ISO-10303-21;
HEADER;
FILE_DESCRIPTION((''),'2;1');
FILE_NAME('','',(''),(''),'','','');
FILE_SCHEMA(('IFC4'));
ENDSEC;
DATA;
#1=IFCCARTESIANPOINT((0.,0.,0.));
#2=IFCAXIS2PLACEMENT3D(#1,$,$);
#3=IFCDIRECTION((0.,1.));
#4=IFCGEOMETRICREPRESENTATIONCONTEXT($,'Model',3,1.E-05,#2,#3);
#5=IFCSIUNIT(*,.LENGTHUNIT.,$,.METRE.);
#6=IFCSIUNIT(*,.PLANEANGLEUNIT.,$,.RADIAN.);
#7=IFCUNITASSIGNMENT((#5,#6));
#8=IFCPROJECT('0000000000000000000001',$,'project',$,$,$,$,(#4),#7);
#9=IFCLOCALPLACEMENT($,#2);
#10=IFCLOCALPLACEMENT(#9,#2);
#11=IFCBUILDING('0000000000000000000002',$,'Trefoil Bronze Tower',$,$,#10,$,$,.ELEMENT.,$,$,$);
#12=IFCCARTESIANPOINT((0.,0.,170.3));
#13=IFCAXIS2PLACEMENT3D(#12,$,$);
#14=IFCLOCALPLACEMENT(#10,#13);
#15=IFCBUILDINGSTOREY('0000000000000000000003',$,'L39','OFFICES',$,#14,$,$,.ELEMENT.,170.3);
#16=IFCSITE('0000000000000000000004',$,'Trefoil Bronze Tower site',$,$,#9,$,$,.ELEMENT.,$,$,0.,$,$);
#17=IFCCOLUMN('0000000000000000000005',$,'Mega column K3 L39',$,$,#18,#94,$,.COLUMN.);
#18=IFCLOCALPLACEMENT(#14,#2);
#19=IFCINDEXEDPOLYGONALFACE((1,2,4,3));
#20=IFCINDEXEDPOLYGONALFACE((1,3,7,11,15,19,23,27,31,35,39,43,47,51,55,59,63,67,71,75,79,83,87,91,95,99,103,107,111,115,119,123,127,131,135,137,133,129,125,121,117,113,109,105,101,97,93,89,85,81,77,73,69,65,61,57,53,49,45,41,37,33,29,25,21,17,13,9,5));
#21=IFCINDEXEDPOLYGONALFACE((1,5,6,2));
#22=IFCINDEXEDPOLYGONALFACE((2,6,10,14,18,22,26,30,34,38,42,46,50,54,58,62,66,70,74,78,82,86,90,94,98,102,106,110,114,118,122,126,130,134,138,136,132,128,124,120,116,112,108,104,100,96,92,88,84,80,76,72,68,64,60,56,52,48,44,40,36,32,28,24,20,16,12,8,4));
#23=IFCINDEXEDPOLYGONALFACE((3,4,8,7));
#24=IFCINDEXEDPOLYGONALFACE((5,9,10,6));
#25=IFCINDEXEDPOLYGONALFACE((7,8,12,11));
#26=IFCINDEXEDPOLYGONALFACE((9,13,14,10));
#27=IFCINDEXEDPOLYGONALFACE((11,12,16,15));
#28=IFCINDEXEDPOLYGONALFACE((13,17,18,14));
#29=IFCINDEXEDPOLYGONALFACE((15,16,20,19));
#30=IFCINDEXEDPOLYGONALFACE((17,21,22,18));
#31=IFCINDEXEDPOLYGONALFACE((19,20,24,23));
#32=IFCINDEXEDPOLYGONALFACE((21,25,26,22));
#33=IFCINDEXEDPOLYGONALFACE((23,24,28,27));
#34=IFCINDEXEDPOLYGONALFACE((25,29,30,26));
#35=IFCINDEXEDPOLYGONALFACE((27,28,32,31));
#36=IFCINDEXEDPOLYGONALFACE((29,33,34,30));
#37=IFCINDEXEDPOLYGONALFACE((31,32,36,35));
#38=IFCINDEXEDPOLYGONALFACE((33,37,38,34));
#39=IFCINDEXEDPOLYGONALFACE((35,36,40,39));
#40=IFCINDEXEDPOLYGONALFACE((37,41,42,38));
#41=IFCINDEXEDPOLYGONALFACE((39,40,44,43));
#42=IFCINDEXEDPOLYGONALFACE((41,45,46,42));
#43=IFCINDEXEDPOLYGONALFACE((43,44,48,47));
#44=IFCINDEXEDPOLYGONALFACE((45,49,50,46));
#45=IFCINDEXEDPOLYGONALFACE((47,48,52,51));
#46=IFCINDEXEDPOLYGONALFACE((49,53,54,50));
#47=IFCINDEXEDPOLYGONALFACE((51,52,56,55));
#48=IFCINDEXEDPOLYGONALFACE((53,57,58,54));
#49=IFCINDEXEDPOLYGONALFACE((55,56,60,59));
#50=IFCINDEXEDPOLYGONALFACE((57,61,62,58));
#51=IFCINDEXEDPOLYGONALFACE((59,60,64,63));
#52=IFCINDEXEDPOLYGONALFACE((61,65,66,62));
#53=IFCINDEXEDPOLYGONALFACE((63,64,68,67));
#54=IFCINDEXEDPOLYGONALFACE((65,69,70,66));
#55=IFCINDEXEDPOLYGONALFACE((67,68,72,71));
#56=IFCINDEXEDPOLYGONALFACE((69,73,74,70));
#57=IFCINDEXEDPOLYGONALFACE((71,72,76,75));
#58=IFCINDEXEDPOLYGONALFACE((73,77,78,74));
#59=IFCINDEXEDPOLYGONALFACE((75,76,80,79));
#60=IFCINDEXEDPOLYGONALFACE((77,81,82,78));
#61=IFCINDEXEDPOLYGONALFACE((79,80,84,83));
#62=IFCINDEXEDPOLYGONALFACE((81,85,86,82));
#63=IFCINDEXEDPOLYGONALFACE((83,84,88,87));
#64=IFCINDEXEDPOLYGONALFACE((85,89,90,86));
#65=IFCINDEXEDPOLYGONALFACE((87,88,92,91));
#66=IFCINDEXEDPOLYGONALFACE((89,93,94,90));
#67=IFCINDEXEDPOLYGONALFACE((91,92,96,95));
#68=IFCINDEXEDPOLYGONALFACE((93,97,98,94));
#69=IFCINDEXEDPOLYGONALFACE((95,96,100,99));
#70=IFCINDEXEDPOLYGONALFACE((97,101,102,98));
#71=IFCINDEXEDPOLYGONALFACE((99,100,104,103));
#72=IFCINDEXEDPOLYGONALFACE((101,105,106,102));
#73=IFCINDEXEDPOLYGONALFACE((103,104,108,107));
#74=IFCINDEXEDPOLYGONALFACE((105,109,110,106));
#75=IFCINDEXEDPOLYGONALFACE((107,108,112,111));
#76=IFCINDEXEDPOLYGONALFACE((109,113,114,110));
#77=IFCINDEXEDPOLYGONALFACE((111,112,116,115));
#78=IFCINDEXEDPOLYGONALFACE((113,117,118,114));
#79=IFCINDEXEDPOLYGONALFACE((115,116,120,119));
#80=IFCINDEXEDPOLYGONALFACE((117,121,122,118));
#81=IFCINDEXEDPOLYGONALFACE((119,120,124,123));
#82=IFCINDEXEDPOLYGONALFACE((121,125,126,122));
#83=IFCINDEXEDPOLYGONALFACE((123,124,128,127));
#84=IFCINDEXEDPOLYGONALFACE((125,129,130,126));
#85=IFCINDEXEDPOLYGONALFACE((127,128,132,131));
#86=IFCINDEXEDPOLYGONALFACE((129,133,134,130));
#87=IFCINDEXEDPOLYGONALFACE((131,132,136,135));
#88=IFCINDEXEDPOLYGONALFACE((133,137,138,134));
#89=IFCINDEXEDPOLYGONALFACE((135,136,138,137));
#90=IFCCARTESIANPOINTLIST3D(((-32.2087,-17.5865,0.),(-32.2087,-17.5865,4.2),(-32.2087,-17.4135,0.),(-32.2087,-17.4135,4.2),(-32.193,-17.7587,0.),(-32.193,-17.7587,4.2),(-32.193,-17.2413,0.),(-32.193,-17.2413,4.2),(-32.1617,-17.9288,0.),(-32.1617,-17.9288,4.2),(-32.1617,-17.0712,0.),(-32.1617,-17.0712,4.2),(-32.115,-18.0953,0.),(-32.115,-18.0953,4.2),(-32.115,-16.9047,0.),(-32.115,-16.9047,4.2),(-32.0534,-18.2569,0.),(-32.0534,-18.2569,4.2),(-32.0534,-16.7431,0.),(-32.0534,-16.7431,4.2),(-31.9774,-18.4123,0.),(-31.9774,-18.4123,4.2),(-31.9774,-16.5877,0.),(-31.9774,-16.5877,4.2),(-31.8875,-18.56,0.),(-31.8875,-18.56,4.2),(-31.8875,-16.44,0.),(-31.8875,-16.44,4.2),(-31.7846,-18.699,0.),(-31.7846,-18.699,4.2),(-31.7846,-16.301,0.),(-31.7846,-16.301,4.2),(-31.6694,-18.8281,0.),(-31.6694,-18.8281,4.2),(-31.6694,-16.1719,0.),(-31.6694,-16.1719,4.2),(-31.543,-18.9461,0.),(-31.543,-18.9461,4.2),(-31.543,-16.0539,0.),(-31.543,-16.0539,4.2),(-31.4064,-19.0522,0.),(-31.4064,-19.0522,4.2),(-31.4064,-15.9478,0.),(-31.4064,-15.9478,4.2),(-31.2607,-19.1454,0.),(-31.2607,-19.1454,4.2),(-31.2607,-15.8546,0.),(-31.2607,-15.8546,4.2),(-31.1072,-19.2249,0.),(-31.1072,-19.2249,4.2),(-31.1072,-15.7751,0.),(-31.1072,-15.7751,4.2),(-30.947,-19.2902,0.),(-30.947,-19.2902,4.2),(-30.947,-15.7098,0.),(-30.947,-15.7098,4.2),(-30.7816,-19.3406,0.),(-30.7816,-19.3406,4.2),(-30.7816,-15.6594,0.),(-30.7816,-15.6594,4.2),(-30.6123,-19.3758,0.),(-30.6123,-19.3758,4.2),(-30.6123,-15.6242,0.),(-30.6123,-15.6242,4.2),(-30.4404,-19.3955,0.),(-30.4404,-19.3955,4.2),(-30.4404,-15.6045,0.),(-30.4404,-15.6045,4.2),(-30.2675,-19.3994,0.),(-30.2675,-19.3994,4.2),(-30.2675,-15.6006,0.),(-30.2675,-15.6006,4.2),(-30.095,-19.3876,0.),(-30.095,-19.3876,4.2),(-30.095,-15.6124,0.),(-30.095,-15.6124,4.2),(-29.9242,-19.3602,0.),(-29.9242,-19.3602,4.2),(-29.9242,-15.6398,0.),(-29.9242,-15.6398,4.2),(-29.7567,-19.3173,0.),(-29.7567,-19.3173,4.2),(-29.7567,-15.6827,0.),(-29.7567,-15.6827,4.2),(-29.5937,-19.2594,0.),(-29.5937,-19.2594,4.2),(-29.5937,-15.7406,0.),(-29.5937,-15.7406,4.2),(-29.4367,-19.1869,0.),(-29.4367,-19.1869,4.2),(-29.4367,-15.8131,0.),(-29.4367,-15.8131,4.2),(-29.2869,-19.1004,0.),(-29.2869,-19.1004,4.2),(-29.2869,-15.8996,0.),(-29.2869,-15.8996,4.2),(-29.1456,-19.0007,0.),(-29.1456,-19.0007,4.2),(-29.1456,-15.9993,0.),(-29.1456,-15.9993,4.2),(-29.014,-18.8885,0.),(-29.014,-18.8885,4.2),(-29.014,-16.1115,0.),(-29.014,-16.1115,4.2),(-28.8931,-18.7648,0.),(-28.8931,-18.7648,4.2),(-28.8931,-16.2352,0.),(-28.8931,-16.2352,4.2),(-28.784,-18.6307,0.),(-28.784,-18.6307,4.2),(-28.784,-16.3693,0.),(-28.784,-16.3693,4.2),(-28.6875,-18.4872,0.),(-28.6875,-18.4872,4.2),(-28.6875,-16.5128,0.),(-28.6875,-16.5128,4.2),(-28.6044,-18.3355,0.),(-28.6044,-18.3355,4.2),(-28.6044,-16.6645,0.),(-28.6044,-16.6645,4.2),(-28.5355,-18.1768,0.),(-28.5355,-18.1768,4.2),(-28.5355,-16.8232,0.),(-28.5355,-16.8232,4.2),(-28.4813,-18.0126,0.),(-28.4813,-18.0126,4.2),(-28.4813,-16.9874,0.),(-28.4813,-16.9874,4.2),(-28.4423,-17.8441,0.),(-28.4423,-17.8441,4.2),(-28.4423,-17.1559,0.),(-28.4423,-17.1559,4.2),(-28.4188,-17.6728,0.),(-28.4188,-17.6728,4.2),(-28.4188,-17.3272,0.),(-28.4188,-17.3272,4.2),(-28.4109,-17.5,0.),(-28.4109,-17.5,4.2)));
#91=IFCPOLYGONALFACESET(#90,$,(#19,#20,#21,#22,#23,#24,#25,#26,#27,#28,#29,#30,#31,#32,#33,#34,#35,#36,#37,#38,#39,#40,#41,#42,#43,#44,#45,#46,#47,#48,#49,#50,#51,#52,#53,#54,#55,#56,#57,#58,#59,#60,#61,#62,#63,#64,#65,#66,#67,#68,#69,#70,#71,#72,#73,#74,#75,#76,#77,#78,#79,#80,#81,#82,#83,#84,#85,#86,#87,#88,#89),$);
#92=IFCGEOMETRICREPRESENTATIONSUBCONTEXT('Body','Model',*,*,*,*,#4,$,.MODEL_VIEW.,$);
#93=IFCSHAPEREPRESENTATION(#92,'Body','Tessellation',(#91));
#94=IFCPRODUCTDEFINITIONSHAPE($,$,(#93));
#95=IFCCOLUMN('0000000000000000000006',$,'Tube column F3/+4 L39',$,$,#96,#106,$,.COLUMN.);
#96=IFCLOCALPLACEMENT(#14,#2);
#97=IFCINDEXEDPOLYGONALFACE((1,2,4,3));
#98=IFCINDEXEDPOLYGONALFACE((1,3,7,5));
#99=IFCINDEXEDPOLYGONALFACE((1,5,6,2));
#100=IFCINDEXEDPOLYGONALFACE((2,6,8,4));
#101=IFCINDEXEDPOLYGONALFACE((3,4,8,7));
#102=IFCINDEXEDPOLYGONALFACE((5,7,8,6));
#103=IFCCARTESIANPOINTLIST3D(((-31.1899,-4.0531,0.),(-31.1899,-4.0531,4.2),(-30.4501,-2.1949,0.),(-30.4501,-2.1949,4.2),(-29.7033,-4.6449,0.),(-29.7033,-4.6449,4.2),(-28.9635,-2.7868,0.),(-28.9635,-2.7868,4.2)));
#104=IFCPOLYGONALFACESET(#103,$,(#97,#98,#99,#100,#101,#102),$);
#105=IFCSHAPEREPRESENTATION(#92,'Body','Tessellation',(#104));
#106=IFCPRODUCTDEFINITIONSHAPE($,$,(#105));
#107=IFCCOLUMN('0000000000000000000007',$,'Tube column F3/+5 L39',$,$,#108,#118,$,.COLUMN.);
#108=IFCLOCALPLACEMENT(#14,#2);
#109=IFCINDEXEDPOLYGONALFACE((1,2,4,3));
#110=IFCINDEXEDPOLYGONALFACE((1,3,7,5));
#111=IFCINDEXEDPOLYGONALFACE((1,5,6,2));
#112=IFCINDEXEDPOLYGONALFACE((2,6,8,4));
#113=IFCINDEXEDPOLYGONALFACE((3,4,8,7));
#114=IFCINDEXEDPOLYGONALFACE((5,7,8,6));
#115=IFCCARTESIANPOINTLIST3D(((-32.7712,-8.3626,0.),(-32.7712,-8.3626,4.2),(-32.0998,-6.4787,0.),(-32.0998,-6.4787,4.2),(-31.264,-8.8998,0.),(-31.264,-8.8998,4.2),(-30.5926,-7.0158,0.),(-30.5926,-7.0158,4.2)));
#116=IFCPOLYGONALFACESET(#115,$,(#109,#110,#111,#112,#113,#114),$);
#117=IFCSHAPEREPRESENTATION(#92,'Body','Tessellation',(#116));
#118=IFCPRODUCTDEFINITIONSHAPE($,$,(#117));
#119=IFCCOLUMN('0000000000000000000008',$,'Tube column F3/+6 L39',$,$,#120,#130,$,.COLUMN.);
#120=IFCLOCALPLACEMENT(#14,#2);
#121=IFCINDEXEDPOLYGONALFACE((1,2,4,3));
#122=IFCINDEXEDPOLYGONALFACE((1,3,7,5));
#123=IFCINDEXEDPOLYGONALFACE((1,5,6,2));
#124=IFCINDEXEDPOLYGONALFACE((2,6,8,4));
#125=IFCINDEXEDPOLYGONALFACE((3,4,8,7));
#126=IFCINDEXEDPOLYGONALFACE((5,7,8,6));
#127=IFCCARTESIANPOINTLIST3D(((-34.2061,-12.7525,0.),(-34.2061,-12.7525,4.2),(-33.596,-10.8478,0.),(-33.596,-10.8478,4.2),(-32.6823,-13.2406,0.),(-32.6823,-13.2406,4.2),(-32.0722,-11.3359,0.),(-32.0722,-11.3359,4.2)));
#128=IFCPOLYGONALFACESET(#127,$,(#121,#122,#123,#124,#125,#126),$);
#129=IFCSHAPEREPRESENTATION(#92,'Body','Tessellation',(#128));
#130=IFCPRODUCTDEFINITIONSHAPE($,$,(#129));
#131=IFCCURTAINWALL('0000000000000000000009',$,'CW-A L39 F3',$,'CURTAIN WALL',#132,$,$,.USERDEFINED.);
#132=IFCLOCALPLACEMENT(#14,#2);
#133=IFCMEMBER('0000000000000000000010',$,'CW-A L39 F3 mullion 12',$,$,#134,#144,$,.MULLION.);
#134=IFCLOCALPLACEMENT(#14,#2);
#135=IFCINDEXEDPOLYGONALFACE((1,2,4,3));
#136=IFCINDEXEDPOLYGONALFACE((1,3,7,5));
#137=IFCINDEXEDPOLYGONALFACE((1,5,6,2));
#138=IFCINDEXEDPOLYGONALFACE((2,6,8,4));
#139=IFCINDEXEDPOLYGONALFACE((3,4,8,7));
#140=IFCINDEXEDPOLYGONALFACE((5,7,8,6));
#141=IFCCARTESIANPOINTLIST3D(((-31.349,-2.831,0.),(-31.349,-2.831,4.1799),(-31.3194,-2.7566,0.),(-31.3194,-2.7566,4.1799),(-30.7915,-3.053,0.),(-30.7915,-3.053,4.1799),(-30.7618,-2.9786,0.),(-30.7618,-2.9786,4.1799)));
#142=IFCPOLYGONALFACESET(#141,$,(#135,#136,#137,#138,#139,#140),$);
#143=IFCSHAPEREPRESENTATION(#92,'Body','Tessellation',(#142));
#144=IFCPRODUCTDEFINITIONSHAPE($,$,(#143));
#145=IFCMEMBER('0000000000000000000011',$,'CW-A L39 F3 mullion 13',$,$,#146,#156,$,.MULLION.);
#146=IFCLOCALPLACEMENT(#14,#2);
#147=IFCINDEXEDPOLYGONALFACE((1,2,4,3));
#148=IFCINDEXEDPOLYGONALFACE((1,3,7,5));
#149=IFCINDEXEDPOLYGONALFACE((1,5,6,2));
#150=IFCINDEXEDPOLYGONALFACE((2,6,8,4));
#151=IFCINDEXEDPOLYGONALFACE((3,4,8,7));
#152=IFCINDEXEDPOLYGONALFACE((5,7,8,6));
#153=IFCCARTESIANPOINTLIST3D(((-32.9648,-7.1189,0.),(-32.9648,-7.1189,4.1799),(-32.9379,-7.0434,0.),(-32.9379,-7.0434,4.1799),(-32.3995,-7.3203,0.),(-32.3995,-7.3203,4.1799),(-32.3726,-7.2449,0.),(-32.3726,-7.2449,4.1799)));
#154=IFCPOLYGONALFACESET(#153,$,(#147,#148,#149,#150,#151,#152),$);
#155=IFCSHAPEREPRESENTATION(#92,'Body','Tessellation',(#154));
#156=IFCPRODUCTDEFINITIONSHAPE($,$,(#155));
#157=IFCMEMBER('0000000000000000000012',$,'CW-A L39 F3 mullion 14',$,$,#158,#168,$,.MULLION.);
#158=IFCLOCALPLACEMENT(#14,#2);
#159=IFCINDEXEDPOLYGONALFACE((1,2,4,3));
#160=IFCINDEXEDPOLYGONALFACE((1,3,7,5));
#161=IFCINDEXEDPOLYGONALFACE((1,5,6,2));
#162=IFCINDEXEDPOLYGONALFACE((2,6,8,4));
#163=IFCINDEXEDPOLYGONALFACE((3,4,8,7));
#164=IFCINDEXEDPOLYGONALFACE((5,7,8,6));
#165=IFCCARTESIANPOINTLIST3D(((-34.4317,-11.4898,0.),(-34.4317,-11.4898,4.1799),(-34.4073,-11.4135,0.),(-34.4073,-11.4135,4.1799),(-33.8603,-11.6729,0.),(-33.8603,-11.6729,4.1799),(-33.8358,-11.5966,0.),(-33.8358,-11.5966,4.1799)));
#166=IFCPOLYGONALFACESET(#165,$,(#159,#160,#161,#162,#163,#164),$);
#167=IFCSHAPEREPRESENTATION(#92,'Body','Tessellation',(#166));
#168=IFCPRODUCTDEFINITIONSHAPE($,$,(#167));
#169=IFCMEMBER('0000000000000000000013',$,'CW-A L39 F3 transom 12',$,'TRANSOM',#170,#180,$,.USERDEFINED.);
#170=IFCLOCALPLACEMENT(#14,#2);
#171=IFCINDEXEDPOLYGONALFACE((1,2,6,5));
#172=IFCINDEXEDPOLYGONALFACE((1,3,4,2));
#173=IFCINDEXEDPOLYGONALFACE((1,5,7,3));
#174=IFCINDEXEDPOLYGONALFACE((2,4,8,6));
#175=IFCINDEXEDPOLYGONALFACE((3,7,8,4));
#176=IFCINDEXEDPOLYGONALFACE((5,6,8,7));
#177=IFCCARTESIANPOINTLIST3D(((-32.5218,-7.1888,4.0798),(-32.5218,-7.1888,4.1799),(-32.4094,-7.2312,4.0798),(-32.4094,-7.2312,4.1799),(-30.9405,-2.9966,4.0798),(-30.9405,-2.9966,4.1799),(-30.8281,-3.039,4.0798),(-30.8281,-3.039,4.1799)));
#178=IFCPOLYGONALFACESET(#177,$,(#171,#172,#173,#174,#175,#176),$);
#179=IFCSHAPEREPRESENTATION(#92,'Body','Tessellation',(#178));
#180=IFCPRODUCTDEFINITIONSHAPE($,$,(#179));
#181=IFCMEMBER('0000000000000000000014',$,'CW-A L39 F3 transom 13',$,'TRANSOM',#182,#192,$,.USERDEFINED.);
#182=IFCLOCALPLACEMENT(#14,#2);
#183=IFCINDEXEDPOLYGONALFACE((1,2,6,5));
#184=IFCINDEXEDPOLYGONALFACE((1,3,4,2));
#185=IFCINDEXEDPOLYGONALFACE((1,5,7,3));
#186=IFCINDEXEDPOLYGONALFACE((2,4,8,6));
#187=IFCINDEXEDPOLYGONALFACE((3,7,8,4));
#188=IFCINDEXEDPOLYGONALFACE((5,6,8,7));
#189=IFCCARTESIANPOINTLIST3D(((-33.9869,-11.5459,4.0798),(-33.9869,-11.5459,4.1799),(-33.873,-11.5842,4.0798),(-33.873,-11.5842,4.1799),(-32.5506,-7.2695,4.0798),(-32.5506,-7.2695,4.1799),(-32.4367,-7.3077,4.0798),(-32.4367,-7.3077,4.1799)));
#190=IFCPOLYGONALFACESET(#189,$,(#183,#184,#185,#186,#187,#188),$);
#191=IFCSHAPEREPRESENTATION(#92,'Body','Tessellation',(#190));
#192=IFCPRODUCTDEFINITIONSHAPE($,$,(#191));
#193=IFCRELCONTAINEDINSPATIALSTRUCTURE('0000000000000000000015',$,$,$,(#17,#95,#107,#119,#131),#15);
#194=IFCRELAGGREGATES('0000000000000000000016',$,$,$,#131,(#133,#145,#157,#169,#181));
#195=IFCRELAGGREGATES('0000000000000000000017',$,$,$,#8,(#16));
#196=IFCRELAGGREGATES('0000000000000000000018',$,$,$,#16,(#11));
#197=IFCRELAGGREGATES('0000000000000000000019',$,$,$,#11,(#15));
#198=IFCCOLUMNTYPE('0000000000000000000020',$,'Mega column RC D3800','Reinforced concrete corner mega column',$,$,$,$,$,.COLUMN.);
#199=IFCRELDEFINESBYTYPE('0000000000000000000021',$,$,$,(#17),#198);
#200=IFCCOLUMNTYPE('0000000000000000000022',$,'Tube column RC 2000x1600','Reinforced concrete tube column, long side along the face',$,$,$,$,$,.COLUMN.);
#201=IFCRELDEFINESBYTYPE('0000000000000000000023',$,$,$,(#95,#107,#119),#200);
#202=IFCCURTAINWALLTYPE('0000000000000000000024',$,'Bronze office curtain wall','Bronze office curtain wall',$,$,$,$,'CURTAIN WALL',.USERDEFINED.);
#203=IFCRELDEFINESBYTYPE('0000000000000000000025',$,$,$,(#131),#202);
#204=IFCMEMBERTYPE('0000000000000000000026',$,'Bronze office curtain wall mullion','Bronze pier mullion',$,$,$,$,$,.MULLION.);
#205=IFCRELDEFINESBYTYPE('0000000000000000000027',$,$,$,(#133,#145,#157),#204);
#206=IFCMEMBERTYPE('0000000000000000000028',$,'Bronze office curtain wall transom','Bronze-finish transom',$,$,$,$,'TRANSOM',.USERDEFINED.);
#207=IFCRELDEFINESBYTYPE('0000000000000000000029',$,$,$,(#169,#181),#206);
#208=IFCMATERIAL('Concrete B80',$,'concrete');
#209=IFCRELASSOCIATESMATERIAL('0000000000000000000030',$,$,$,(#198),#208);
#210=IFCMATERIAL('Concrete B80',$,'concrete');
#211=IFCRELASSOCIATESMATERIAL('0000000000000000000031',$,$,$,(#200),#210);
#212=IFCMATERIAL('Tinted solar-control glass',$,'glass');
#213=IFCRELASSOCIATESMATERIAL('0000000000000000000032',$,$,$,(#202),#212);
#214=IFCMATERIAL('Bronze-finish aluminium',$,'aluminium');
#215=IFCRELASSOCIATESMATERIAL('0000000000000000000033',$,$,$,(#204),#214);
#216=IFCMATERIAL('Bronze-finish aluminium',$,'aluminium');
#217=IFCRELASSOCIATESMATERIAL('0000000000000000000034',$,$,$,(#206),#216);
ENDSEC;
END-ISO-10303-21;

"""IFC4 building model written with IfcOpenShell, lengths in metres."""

from ifc_helpers import new_model, si_unit, direction, frame, origin, origin_2d, place, context, subcontext, project, spatial, rectangle, circle, extrude, material, material_profile, profile_set, type_object, element, aggregate, save


model = new_model("IFC4")

# Units and contexts
model_context = context("Model", 3, precision=1e-05, world=origin(), true_north=direction((0.0, 1.0)))
body_context = subcontext(model_context, "Body", "Model", "MODEL_VIEW")
ifc_project = project(units=[si_unit("LENGTHUNIT", "METRE"), si_unit("PLANEANGLEUNIT", "RADIAN")], contexts=[model_context])

# Site, building, storey
site_placement = place(None, origin())
site = spatial("IfcSite", under=ifc_project, at=site_placement, Name="Trefoil Bronze Tower site", CompositionType="ELEMENT", RefElevation=0.0)
building_placement = place(site_placement, origin())
building = spatial("IfcBuilding", under=site, at=building_placement, Name="Trefoil Bronze Tower", CompositionType="ELEMENT")
storey_placement = place(building_placement, frame((0.0, 0.0, 170.3)))
storey = spatial("IfcBuildingStorey", under=building, at=storey_placement, Name="L39", Description="OFFICES", CompositionType="ELEMENT", Elevation=170.3)

# Columns
ifc_material_1 = material(Name="Concrete B80", Category="concrete")
ifc_material_profile_1 = material_profile(ifc_material_1, circle(Radius=1.8999, at=origin_2d()), Name="RC D3800")
ifc_profile_set_1 = profile_set([ifc_material_profile_1], Name="Concrete B80")
column_type_1 = type_object("IfcColumnType", Name="Mega column RC D3800", Description="Reinforced concrete corner mega column", PredefinedType="COLUMN", material=ifc_profile_set_1)
column_placement = place(storey_placement, frame((-30.3108, -17.5, 0.0), z_axis=(0.0, 0.0, 1.0), x_axis=(1.0, 0.0, 0.0)))
element("IfcColumn", 1, at=column_placement, inside=storey, type_object=column_type_1, Name="Mega column K3 L39", PredefinedType="COLUMN", context=body_context, shape_type="SweptSolid", body=[
    extrude(circle(Radius=1.8999, at=origin_2d()), origin(), (0.0, 0.0, 1.0), 4.2),
])
ifc_material_2 = material(Name="Concrete B80", Category="concrete")
ifc_material_profile_2 = material_profile(ifc_material_2, rectangle(XDim=2.0, YDim=1.6001, at=origin_2d()), Name="RC 2000x1600")
ifc_profile_set_2 = profile_set([ifc_material_profile_2], Name="Concrete B80")
column_type_2 = type_object("IfcColumnType", Name="Tube column RC 2000x1600", Description="Reinforced concrete tube column, long side along the face", PredefinedType="COLUMN", material=ifc_profile_set_2)
for number, where, z_axis, x_axis, name in (
    (2, (-30.0767, -3.4199, 0.0), (0.0, 0.0, 1.0), (-0.369901, -0.929071, 0.0), "Tube column F3/+4 L39"),
    (3, (-31.6819, -7.6892, 0.0), (0.0, 0.0, 1.0), (-0.335718, -0.941963, 0.0), "Tube column F3/+5 L39"),
    (4, (-33.1392, -12.0442, 0.0), (0.0, 0.0, 1.0), (-0.305066, -0.952331, 0.0), "Tube column F3/+6 L39"),
):
    element("IfcColumn", number, at=place(storey_placement, frame(where, z_axis=z_axis, x_axis=x_axis)), inside=storey, type_object=column_type_2, Name=name, PredefinedType="COLUMN", context=body_context, shape_type="SweptSolid", body=[
        extrude(rectangle(XDim=2.0, YDim=1.6001, at=origin_2d()), origin(), (0.0, 0.0, 1.0), 4.2),
    ])

# Curtain wall, members
ifc_material_3 = material(Name="Tinted solar-control glass", Category="glass")
curtain_wall_type_1 = type_object("IfcCurtainWallType", Name="Bronze office curtain wall", Description="Bronze office curtain wall", ElementType="CURTAIN WALL", PredefinedType="USERDEFINED", material=ifc_material_3)
curtain_wall_1_placement = place(storey_placement, origin())
curtain_wall_1 = element("IfcCurtainWall", 5, at=curtain_wall_1_placement, inside=storey, type_object=curtain_wall_type_1, Name="CW-A L39 F3", ObjectType="CURTAIN WALL", PredefinedType="USERDEFINED")
ifc_material_4 = material(Name="Bronze-finish aluminium", Category="aluminium")
ifc_material_profile_3 = material_profile(ifc_material_4, rectangle(XDim=0.6001, YDim=0.0801, at=origin_2d()), Name="CW-A mullion")
ifc_profile_set_3 = profile_set([ifc_material_profile_3], Name="Bronze-finish aluminium")
member_type_1 = type_object("IfcMemberType", Name="Bronze office curtain wall mullion", Description="Bronze pier mullion", PredefinedType="MULLION", material=ifc_profile_set_3)
member_1_placement = place(storey_placement, frame((-31.0554, -2.9048, 0.0), z_axis=(0.0, 0.0, 1.0), x_axis=(0.929071, -0.369901, 0.0)))
member_1 = element("IfcMember", 6, at=member_1_placement, type_object=member_type_1, Name="CW-A L39 F3 mullion 12", PredefinedType="MULLION", context=body_context, shape_type="SweptSolid", body=[
    extrude(rectangle(XDim=0.6001, YDim=0.0801, at=origin_2d()), origin(), (0.0, 0.0, 1.0), 4.1799),
])
member_2_placement = place(storey_placement, frame((-32.6687, -7.1819, 0.0), z_axis=(0.0, 0.0, 1.0), x_axis=(0.941963, -0.335718, 0.0)))
member_2 = element("IfcMember", 7, at=member_2_placement, type_object=member_type_1, Name="CW-A L39 F3 mullion 13", PredefinedType="MULLION", context=body_context, shape_type="SweptSolid", body=[
    extrude(rectangle(XDim=0.6001, YDim=0.0801, at=origin_2d()), origin(), (0.0, 0.0, 1.0), 4.1799),
])
member_3_placement = place(storey_placement, frame((-34.1338, -11.5432, 0.0), z_axis=(0.0, 0.0, 1.0), x_axis=(0.952331, -0.305066, 0.0)))
member_3 = element("IfcMember", 8, at=member_3_placement, type_object=member_type_1, Name="CW-A L39 F3 mullion 14", PredefinedType="MULLION", context=body_context, shape_type="SweptSolid", body=[
    extrude(rectangle(XDim=0.6001, YDim=0.0801, at=origin_2d()), origin(), (0.0, 0.0, 1.0), 4.1799),
])
ifc_material_5 = material(Name="Bronze-finish aluminium", Category="aluminium")
ifc_material_profile_4 = material_profile(ifc_material_5, rectangle(XDim=0.1201, YDim=0.1001, at=origin_2d()), Name="CW-A transom")
ifc_profile_set_4 = profile_set([ifc_material_profile_4], Name="Bronze-finish aluminium")
member_type_2 = type_object("IfcMemberType", Name="Bronze office curtain wall transom", Description="Bronze-finish transom", ElementType="TRANSOM", PredefinedType="USERDEFINED", material=ifc_profile_set_4)
member_4_placement = place(storey_placement, frame((-30.8843, -3.0178, 4.1299), z_axis=(-0.352932, -0.935649, 0.0), x_axis=(0.935649, -0.352932, 0.0)))
member_4 = element("IfcMember", 9, at=member_4_placement, type_object=member_type_2, Name="CW-A L39 F3 transom 12", ObjectType="TRANSOM", PredefinedType="USERDEFINED", context=body_context, shape_type="SweptSolid", body=[
    extrude(rectangle(XDim=0.1201, YDim=0.1001, at=origin_2d()), origin(), (0.0, 0.0, 1.0), 4.4805),
])
member_5_placement = place(storey_placement, frame((-32.4937, -7.2886, 4.1299), z_axis=(-0.318386, -0.947961, 0.0), x_axis=(0.947961, -0.318386, 0.0)))
member_5 = element("IfcMember", 10, at=member_5_placement, type_object=member_type_2, Name="CW-A L39 F3 transom 13", ObjectType="TRANSOM", PredefinedType="USERDEFINED", context=body_context, shape_type="SweptSolid", body=[
    extrude(rectangle(XDim=0.1201, YDim=0.1001, at=origin_2d()), origin(), (0.0, 0.0, 1.0), 4.5112),
])

aggregate(curtain_wall_1, [member_1, member_2, member_3, member_4, member_5])

save(model, "model.ifc")
